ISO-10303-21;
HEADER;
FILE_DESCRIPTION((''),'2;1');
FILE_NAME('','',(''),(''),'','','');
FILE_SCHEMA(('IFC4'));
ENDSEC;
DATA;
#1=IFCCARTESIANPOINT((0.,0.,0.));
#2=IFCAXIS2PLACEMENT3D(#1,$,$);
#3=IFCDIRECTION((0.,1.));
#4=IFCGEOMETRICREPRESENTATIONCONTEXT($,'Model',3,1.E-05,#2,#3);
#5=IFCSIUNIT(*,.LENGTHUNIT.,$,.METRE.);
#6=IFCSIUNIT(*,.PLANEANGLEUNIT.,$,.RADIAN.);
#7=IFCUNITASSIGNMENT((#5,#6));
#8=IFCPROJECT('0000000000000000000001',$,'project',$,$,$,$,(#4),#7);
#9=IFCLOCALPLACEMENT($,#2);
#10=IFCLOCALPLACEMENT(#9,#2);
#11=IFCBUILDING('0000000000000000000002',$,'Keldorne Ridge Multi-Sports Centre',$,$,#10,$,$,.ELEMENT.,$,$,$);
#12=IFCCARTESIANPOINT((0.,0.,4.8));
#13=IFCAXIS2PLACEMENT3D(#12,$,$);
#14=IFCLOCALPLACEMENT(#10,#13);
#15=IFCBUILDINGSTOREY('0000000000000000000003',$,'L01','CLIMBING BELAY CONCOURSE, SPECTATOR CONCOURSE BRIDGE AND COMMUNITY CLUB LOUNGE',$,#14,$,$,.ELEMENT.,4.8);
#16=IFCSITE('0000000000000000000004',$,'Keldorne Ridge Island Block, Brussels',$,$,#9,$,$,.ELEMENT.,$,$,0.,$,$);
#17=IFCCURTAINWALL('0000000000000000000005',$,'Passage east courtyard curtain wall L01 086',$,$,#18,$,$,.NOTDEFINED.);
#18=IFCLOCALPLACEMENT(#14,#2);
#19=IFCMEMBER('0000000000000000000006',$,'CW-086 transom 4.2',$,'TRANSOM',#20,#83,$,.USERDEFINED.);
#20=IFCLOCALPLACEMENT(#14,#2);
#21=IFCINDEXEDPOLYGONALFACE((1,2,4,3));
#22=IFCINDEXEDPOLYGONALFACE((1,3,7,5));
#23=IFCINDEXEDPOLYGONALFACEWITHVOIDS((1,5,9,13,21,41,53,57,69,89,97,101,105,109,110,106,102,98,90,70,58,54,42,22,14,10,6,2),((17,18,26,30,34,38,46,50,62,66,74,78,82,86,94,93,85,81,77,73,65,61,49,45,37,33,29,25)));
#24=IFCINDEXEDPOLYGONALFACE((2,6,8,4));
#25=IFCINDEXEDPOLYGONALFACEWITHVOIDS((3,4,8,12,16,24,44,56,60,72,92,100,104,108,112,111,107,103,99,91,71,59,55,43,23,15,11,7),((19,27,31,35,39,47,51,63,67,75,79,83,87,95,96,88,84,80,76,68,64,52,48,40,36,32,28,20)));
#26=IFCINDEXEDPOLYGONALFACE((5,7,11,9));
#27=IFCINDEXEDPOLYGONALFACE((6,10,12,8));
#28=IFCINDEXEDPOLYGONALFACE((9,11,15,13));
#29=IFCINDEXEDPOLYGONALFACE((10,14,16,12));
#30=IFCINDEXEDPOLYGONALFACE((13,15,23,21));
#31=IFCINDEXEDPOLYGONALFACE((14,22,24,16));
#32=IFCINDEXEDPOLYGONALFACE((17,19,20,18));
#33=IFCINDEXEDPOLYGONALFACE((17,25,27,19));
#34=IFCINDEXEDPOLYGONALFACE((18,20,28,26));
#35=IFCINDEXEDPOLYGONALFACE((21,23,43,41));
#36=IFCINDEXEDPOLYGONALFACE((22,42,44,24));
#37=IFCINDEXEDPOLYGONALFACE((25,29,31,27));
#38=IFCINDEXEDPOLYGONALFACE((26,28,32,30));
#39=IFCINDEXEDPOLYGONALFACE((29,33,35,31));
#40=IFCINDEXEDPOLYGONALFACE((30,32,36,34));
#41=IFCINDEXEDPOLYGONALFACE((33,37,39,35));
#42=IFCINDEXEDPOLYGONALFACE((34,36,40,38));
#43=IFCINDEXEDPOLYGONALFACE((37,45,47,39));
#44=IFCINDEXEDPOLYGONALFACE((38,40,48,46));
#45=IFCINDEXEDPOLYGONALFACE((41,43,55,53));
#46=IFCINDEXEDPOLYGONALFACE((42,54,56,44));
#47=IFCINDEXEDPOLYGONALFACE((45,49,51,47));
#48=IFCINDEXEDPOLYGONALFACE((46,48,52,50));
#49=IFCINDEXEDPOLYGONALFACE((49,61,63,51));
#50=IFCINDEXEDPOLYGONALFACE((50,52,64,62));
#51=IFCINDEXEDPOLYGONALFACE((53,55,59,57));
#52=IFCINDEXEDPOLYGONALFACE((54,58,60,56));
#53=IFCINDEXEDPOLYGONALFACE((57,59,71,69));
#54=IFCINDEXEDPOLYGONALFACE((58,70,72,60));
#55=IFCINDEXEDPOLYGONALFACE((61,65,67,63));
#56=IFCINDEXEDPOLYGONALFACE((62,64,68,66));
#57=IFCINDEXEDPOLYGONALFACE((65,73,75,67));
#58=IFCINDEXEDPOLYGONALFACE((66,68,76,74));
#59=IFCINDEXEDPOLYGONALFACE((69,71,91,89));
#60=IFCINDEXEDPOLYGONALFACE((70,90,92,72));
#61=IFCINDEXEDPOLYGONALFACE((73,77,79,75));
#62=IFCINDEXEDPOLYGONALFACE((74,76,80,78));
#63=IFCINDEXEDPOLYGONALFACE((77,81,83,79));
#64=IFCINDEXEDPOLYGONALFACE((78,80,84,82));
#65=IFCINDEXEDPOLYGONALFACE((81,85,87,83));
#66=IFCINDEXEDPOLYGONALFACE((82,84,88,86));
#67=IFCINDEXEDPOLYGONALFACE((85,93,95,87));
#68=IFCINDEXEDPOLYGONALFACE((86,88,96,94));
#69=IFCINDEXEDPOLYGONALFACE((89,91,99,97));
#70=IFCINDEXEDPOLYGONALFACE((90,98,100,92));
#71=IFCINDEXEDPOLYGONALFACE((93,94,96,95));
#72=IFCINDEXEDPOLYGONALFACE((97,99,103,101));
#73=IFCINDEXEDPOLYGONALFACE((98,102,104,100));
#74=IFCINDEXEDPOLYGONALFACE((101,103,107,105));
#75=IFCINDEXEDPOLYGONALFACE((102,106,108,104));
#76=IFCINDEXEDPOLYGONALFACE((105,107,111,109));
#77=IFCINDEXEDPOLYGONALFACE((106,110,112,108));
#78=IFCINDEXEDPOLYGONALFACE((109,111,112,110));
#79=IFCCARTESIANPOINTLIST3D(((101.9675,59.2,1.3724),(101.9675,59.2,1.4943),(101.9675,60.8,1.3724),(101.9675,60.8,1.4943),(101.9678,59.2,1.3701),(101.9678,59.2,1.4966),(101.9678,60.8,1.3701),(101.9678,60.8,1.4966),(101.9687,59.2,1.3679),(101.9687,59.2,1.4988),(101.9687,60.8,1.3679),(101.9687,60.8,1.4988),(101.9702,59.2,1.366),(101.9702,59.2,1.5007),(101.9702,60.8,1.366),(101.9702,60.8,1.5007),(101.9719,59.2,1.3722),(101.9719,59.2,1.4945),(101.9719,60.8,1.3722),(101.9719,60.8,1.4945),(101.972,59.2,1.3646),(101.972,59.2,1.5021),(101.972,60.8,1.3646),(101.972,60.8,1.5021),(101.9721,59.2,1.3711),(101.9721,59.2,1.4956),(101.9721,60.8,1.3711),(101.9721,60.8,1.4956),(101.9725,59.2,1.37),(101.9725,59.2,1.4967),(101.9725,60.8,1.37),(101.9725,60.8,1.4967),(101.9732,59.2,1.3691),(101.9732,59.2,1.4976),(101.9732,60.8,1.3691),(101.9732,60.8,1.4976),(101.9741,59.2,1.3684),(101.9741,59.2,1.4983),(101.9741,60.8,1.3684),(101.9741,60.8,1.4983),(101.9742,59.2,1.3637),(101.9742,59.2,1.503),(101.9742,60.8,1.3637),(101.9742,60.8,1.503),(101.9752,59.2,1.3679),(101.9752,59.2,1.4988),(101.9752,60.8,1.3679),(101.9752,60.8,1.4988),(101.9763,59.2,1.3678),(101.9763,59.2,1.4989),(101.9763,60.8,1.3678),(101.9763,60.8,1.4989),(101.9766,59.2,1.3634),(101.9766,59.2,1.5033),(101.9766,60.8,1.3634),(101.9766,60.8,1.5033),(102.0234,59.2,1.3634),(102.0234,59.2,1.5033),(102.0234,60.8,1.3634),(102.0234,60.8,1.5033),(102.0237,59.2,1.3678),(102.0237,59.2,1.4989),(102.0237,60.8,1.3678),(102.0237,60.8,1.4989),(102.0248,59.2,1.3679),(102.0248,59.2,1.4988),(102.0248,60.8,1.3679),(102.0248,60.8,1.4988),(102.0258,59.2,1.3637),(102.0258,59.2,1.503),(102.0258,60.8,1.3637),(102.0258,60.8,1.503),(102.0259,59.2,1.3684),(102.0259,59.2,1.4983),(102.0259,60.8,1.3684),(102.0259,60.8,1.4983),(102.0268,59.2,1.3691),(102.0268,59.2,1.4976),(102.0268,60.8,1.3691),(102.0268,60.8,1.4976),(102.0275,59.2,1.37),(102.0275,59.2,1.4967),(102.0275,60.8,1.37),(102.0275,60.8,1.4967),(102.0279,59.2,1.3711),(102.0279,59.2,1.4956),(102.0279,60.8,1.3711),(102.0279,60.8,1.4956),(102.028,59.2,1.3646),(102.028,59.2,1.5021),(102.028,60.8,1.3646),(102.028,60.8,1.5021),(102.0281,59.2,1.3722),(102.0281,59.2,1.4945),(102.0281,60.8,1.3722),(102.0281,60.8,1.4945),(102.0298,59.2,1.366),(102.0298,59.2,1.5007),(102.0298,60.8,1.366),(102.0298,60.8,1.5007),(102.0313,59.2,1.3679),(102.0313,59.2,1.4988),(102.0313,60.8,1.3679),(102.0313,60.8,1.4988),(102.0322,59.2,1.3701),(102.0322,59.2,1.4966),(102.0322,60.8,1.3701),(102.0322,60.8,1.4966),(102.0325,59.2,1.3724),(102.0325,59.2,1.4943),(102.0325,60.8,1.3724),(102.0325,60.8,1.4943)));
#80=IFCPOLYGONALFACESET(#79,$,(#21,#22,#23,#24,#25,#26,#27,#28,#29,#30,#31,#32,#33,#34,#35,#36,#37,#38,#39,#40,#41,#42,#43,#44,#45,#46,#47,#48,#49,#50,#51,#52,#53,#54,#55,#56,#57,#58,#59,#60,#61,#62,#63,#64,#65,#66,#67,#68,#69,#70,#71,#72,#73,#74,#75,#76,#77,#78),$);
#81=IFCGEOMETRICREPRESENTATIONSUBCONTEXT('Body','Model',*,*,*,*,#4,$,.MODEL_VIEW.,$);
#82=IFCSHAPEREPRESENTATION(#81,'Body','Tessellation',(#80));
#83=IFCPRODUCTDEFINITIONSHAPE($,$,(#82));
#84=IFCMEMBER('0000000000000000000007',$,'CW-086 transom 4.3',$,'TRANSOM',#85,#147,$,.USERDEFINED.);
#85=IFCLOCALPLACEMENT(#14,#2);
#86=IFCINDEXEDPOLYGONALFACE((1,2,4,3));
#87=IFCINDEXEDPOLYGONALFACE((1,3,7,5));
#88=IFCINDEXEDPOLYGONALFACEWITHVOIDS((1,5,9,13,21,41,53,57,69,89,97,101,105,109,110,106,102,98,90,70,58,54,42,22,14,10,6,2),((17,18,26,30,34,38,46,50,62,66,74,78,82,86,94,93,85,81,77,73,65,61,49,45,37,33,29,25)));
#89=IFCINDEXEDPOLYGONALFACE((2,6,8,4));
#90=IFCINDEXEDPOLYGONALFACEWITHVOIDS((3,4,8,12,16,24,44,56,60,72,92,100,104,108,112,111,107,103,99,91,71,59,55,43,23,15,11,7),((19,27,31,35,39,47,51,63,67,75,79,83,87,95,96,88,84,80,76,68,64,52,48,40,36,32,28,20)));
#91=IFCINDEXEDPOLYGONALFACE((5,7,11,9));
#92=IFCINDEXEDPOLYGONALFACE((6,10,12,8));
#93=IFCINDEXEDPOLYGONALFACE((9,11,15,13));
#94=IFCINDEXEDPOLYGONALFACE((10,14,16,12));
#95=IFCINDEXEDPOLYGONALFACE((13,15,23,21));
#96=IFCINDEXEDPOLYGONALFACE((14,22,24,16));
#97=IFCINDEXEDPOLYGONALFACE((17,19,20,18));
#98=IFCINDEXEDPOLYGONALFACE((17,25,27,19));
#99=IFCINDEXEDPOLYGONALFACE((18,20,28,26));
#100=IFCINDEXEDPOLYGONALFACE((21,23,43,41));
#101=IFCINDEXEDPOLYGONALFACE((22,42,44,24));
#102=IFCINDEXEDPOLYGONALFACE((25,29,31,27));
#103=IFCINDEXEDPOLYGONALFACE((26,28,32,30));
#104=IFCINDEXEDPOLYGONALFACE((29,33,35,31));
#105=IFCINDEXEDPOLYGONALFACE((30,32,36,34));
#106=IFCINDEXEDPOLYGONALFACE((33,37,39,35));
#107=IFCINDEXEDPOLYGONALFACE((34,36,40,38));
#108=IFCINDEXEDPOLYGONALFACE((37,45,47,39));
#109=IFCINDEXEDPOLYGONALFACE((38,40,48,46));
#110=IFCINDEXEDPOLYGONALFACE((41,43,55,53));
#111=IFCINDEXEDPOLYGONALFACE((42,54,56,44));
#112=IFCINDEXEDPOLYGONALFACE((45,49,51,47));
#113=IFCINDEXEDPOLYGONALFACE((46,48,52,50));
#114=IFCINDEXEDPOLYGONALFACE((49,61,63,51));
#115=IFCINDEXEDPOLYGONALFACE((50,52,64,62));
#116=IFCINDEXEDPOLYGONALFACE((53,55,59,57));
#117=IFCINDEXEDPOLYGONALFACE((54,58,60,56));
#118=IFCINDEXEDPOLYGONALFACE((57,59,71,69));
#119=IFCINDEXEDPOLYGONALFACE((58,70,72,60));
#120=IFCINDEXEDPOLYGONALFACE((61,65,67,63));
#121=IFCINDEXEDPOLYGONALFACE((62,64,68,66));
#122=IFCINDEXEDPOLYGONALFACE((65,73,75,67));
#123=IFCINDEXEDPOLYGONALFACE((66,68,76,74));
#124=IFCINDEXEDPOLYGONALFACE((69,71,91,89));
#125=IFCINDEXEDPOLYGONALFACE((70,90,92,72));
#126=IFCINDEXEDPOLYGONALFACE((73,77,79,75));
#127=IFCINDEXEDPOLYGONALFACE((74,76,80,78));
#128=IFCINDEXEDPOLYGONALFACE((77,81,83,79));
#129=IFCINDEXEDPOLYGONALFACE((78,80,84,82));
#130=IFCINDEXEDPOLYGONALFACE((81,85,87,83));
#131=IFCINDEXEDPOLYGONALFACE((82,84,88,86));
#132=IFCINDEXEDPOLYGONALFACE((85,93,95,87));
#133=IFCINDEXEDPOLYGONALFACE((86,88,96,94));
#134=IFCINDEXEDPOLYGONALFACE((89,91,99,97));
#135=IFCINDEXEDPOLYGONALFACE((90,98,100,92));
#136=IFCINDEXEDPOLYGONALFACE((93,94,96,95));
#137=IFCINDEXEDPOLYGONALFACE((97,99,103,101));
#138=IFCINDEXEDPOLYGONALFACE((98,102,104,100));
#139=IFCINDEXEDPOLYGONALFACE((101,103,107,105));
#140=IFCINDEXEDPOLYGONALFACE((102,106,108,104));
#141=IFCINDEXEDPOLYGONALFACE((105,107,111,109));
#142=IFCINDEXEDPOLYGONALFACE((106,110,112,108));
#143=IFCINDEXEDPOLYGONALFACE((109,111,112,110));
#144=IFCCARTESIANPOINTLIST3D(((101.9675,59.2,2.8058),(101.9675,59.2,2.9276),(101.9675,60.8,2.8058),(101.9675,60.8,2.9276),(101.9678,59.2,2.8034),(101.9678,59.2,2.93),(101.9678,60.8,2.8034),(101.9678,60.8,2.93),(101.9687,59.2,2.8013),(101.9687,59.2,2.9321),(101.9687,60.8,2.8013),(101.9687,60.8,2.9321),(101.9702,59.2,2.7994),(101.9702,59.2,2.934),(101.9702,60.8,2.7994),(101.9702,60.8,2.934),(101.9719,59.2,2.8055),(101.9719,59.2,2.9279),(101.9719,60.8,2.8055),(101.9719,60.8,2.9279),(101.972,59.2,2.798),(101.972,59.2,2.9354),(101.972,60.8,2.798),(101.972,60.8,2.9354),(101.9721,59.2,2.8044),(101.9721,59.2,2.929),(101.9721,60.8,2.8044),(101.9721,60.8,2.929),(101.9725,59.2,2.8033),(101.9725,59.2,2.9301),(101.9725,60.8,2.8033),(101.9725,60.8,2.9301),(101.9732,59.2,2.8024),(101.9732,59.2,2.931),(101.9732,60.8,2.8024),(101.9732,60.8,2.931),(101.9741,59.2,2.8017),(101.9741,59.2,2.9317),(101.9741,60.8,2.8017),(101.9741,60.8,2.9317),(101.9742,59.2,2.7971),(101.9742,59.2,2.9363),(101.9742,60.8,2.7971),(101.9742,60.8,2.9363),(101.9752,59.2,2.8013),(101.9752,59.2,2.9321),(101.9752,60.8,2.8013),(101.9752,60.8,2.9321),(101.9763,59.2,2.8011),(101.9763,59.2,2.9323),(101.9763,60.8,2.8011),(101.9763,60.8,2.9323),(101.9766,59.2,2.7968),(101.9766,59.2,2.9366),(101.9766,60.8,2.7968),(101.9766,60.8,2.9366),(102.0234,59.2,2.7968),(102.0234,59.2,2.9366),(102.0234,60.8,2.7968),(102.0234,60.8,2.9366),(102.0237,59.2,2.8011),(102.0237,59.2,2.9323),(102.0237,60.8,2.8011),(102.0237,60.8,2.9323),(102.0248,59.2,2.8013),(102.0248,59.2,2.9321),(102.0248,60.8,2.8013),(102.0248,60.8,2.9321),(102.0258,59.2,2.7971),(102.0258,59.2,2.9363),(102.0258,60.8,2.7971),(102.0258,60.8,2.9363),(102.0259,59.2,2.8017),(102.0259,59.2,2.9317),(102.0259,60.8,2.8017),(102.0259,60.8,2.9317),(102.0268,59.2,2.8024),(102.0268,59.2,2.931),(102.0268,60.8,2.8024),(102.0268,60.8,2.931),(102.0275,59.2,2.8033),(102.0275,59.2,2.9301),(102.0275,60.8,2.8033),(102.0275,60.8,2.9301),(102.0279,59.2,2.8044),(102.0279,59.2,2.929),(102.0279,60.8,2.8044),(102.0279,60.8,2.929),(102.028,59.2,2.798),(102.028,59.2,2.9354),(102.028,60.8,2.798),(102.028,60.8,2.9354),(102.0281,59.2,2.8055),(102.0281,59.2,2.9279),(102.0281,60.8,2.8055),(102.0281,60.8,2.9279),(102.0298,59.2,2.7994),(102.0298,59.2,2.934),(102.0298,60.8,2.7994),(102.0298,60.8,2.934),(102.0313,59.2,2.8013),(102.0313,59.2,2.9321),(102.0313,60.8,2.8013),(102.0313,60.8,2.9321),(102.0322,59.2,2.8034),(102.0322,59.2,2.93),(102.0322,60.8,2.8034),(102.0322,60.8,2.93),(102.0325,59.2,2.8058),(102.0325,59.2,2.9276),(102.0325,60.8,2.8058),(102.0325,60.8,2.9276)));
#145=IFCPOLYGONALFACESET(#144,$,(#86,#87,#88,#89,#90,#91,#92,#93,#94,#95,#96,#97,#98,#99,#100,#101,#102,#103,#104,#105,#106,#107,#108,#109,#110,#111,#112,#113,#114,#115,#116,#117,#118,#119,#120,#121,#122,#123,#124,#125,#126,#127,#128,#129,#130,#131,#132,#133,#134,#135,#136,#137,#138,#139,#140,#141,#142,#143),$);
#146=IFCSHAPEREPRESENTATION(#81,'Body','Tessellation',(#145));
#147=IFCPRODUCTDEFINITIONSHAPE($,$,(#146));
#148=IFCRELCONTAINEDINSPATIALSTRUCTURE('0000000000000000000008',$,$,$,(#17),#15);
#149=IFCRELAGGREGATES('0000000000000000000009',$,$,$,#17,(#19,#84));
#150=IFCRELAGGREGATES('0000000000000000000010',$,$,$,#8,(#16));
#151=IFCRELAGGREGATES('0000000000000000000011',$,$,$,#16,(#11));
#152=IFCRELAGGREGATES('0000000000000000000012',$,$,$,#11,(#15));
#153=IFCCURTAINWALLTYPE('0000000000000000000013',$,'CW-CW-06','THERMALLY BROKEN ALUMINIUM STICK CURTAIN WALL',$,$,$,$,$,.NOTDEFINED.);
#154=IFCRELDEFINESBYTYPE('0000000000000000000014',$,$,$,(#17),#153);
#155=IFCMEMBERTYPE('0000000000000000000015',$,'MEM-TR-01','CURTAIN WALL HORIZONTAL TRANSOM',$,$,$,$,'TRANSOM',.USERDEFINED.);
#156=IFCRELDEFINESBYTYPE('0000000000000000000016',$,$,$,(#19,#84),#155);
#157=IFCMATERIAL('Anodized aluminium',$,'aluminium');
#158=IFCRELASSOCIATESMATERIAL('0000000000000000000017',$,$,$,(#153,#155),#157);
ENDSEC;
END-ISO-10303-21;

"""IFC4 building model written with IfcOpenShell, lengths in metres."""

from ifc_helpers import new_model, si_unit, direction, frame, origin, origin_2d, place, context, subcontext, project, spatial, hollow_rectangle, extrude, material, material_profile, profile_set, type_object, element, aggregate, save


model = new_model("IFC4")

# Units and contexts
model_context = context("Model", 3, precision=1e-05, world=origin(), true_north=direction((0.0, 1.0)))
body_context = subcontext(model_context, "Body", "Model", "MODEL_VIEW")
ifc_project = project(units=[si_unit("LENGTHUNIT", "METRE"), si_unit("PLANEANGLEUNIT", "RADIAN")], contexts=[model_context])

# Site, building, storey
site_placement = place(None, origin())
site = spatial("IfcSite", under=ifc_project, at=site_placement, Name="Keldorne Ridge Island Block, Brussels", CompositionType="ELEMENT", RefElevation=0.0)
building_placement = place(site_placement, origin())
building = spatial("IfcBuilding", under=site, at=building_placement, Name="Keldorne Ridge Multi-Sports Centre", CompositionType="ELEMENT")
storey_placement = place(building_placement, frame((0.0, 0.0, 4.8)))
storey = spatial("IfcBuildingStorey", under=building, at=storey_placement, Name="L01", Description="CLIMBING BELAY CONCOURSE, SPECTATOR CONCOURSE BRIDGE AND COMMUNITY CLUB LOUNGE", CompositionType="ELEMENT", Elevation=4.8)

# Curtain wall, members
ifc_material_1 = material(Name="Anodized aluminium", Category="aluminium")
curtain_wall_type = type_object("IfcCurtainWallType", Name="CW-CW-06", Description="THERMALLY BROKEN ALUMINIUM STICK CURTAIN WALL", PredefinedType="NOTDEFINED", material=ifc_material_1)
curtain_wall_placement = place(storey_placement, origin())
curtain_wall = element("IfcCurtainWall", 1, at=curtain_wall_placement, inside=storey, type_object=curtain_wall_type, Name="Passage east courtyard curtain wall L01 086", PredefinedType="NOTDEFINED")
ifc_material_profile_1 = material_profile(ifc_material_1, hollow_rectangle(XDim=0.0649, YDim=0.1399, WallThickness=0.0044, InnerFilletRadius=0.0044, OuterFilletRadius=0.009, at=origin_2d()), Name="ALU TRANSOM 140x65x4.5")
ifc_profile_set_1 = profile_set([ifc_material_profile_1], Name="Anodized aluminium")
member_type_1 = type_object("IfcMemberType", Name="MEM-TR-01", Description="CURTAIN WALL HORIZONTAL TRANSOM", ElementType="TRANSOM", PredefinedType="USERDEFINED", material=ifc_profile_set_1)
member_1_placement = place(storey_placement, frame((102.0, 59.2, 1.4333), z_axis=(0.0, 1.0, 0.0), x_axis=(-1.0, 0.0, 0.0)))
member_1 = element("IfcMember", 2, at=member_1_placement, type_object=member_type_1, Name="CW-086 transom 4.2", ObjectType="TRANSOM", PredefinedType="USERDEFINED", context=body_context, shape_type="SweptSolid", body=[
    extrude(hollow_rectangle(XDim=0.0649, YDim=0.1399, WallThickness=0.0044, InnerFilletRadius=0.0044, OuterFilletRadius=0.009, at=origin_2d()), origin(), (0.0, 0.0, 1.0), 1.6001),
])
member_2_placement = place(storey_placement, frame((102.0, 59.2, 2.8667), z_axis=(0.0, 1.0, 0.0), x_axis=(-1.0, 0.0, 0.0)))
member_2 = element("IfcMember", 3, at=member_2_placement, type_object=member_type_1, Name="CW-086 transom 4.3", ObjectType="TRANSOM", PredefinedType="USERDEFINED", context=body_context, shape_type="SweptSolid", body=[
    extrude(hollow_rectangle(XDim=0.0649, YDim=0.1399, WallThickness=0.0044, InnerFilletRadius=0.0044, OuterFilletRadius=0.009, at=origin_2d()), origin(), (0.0, 0.0, 1.0), 1.6001),
])

aggregate(curtain_wall, [member_1, member_2])

save(model, "model.ifc")
